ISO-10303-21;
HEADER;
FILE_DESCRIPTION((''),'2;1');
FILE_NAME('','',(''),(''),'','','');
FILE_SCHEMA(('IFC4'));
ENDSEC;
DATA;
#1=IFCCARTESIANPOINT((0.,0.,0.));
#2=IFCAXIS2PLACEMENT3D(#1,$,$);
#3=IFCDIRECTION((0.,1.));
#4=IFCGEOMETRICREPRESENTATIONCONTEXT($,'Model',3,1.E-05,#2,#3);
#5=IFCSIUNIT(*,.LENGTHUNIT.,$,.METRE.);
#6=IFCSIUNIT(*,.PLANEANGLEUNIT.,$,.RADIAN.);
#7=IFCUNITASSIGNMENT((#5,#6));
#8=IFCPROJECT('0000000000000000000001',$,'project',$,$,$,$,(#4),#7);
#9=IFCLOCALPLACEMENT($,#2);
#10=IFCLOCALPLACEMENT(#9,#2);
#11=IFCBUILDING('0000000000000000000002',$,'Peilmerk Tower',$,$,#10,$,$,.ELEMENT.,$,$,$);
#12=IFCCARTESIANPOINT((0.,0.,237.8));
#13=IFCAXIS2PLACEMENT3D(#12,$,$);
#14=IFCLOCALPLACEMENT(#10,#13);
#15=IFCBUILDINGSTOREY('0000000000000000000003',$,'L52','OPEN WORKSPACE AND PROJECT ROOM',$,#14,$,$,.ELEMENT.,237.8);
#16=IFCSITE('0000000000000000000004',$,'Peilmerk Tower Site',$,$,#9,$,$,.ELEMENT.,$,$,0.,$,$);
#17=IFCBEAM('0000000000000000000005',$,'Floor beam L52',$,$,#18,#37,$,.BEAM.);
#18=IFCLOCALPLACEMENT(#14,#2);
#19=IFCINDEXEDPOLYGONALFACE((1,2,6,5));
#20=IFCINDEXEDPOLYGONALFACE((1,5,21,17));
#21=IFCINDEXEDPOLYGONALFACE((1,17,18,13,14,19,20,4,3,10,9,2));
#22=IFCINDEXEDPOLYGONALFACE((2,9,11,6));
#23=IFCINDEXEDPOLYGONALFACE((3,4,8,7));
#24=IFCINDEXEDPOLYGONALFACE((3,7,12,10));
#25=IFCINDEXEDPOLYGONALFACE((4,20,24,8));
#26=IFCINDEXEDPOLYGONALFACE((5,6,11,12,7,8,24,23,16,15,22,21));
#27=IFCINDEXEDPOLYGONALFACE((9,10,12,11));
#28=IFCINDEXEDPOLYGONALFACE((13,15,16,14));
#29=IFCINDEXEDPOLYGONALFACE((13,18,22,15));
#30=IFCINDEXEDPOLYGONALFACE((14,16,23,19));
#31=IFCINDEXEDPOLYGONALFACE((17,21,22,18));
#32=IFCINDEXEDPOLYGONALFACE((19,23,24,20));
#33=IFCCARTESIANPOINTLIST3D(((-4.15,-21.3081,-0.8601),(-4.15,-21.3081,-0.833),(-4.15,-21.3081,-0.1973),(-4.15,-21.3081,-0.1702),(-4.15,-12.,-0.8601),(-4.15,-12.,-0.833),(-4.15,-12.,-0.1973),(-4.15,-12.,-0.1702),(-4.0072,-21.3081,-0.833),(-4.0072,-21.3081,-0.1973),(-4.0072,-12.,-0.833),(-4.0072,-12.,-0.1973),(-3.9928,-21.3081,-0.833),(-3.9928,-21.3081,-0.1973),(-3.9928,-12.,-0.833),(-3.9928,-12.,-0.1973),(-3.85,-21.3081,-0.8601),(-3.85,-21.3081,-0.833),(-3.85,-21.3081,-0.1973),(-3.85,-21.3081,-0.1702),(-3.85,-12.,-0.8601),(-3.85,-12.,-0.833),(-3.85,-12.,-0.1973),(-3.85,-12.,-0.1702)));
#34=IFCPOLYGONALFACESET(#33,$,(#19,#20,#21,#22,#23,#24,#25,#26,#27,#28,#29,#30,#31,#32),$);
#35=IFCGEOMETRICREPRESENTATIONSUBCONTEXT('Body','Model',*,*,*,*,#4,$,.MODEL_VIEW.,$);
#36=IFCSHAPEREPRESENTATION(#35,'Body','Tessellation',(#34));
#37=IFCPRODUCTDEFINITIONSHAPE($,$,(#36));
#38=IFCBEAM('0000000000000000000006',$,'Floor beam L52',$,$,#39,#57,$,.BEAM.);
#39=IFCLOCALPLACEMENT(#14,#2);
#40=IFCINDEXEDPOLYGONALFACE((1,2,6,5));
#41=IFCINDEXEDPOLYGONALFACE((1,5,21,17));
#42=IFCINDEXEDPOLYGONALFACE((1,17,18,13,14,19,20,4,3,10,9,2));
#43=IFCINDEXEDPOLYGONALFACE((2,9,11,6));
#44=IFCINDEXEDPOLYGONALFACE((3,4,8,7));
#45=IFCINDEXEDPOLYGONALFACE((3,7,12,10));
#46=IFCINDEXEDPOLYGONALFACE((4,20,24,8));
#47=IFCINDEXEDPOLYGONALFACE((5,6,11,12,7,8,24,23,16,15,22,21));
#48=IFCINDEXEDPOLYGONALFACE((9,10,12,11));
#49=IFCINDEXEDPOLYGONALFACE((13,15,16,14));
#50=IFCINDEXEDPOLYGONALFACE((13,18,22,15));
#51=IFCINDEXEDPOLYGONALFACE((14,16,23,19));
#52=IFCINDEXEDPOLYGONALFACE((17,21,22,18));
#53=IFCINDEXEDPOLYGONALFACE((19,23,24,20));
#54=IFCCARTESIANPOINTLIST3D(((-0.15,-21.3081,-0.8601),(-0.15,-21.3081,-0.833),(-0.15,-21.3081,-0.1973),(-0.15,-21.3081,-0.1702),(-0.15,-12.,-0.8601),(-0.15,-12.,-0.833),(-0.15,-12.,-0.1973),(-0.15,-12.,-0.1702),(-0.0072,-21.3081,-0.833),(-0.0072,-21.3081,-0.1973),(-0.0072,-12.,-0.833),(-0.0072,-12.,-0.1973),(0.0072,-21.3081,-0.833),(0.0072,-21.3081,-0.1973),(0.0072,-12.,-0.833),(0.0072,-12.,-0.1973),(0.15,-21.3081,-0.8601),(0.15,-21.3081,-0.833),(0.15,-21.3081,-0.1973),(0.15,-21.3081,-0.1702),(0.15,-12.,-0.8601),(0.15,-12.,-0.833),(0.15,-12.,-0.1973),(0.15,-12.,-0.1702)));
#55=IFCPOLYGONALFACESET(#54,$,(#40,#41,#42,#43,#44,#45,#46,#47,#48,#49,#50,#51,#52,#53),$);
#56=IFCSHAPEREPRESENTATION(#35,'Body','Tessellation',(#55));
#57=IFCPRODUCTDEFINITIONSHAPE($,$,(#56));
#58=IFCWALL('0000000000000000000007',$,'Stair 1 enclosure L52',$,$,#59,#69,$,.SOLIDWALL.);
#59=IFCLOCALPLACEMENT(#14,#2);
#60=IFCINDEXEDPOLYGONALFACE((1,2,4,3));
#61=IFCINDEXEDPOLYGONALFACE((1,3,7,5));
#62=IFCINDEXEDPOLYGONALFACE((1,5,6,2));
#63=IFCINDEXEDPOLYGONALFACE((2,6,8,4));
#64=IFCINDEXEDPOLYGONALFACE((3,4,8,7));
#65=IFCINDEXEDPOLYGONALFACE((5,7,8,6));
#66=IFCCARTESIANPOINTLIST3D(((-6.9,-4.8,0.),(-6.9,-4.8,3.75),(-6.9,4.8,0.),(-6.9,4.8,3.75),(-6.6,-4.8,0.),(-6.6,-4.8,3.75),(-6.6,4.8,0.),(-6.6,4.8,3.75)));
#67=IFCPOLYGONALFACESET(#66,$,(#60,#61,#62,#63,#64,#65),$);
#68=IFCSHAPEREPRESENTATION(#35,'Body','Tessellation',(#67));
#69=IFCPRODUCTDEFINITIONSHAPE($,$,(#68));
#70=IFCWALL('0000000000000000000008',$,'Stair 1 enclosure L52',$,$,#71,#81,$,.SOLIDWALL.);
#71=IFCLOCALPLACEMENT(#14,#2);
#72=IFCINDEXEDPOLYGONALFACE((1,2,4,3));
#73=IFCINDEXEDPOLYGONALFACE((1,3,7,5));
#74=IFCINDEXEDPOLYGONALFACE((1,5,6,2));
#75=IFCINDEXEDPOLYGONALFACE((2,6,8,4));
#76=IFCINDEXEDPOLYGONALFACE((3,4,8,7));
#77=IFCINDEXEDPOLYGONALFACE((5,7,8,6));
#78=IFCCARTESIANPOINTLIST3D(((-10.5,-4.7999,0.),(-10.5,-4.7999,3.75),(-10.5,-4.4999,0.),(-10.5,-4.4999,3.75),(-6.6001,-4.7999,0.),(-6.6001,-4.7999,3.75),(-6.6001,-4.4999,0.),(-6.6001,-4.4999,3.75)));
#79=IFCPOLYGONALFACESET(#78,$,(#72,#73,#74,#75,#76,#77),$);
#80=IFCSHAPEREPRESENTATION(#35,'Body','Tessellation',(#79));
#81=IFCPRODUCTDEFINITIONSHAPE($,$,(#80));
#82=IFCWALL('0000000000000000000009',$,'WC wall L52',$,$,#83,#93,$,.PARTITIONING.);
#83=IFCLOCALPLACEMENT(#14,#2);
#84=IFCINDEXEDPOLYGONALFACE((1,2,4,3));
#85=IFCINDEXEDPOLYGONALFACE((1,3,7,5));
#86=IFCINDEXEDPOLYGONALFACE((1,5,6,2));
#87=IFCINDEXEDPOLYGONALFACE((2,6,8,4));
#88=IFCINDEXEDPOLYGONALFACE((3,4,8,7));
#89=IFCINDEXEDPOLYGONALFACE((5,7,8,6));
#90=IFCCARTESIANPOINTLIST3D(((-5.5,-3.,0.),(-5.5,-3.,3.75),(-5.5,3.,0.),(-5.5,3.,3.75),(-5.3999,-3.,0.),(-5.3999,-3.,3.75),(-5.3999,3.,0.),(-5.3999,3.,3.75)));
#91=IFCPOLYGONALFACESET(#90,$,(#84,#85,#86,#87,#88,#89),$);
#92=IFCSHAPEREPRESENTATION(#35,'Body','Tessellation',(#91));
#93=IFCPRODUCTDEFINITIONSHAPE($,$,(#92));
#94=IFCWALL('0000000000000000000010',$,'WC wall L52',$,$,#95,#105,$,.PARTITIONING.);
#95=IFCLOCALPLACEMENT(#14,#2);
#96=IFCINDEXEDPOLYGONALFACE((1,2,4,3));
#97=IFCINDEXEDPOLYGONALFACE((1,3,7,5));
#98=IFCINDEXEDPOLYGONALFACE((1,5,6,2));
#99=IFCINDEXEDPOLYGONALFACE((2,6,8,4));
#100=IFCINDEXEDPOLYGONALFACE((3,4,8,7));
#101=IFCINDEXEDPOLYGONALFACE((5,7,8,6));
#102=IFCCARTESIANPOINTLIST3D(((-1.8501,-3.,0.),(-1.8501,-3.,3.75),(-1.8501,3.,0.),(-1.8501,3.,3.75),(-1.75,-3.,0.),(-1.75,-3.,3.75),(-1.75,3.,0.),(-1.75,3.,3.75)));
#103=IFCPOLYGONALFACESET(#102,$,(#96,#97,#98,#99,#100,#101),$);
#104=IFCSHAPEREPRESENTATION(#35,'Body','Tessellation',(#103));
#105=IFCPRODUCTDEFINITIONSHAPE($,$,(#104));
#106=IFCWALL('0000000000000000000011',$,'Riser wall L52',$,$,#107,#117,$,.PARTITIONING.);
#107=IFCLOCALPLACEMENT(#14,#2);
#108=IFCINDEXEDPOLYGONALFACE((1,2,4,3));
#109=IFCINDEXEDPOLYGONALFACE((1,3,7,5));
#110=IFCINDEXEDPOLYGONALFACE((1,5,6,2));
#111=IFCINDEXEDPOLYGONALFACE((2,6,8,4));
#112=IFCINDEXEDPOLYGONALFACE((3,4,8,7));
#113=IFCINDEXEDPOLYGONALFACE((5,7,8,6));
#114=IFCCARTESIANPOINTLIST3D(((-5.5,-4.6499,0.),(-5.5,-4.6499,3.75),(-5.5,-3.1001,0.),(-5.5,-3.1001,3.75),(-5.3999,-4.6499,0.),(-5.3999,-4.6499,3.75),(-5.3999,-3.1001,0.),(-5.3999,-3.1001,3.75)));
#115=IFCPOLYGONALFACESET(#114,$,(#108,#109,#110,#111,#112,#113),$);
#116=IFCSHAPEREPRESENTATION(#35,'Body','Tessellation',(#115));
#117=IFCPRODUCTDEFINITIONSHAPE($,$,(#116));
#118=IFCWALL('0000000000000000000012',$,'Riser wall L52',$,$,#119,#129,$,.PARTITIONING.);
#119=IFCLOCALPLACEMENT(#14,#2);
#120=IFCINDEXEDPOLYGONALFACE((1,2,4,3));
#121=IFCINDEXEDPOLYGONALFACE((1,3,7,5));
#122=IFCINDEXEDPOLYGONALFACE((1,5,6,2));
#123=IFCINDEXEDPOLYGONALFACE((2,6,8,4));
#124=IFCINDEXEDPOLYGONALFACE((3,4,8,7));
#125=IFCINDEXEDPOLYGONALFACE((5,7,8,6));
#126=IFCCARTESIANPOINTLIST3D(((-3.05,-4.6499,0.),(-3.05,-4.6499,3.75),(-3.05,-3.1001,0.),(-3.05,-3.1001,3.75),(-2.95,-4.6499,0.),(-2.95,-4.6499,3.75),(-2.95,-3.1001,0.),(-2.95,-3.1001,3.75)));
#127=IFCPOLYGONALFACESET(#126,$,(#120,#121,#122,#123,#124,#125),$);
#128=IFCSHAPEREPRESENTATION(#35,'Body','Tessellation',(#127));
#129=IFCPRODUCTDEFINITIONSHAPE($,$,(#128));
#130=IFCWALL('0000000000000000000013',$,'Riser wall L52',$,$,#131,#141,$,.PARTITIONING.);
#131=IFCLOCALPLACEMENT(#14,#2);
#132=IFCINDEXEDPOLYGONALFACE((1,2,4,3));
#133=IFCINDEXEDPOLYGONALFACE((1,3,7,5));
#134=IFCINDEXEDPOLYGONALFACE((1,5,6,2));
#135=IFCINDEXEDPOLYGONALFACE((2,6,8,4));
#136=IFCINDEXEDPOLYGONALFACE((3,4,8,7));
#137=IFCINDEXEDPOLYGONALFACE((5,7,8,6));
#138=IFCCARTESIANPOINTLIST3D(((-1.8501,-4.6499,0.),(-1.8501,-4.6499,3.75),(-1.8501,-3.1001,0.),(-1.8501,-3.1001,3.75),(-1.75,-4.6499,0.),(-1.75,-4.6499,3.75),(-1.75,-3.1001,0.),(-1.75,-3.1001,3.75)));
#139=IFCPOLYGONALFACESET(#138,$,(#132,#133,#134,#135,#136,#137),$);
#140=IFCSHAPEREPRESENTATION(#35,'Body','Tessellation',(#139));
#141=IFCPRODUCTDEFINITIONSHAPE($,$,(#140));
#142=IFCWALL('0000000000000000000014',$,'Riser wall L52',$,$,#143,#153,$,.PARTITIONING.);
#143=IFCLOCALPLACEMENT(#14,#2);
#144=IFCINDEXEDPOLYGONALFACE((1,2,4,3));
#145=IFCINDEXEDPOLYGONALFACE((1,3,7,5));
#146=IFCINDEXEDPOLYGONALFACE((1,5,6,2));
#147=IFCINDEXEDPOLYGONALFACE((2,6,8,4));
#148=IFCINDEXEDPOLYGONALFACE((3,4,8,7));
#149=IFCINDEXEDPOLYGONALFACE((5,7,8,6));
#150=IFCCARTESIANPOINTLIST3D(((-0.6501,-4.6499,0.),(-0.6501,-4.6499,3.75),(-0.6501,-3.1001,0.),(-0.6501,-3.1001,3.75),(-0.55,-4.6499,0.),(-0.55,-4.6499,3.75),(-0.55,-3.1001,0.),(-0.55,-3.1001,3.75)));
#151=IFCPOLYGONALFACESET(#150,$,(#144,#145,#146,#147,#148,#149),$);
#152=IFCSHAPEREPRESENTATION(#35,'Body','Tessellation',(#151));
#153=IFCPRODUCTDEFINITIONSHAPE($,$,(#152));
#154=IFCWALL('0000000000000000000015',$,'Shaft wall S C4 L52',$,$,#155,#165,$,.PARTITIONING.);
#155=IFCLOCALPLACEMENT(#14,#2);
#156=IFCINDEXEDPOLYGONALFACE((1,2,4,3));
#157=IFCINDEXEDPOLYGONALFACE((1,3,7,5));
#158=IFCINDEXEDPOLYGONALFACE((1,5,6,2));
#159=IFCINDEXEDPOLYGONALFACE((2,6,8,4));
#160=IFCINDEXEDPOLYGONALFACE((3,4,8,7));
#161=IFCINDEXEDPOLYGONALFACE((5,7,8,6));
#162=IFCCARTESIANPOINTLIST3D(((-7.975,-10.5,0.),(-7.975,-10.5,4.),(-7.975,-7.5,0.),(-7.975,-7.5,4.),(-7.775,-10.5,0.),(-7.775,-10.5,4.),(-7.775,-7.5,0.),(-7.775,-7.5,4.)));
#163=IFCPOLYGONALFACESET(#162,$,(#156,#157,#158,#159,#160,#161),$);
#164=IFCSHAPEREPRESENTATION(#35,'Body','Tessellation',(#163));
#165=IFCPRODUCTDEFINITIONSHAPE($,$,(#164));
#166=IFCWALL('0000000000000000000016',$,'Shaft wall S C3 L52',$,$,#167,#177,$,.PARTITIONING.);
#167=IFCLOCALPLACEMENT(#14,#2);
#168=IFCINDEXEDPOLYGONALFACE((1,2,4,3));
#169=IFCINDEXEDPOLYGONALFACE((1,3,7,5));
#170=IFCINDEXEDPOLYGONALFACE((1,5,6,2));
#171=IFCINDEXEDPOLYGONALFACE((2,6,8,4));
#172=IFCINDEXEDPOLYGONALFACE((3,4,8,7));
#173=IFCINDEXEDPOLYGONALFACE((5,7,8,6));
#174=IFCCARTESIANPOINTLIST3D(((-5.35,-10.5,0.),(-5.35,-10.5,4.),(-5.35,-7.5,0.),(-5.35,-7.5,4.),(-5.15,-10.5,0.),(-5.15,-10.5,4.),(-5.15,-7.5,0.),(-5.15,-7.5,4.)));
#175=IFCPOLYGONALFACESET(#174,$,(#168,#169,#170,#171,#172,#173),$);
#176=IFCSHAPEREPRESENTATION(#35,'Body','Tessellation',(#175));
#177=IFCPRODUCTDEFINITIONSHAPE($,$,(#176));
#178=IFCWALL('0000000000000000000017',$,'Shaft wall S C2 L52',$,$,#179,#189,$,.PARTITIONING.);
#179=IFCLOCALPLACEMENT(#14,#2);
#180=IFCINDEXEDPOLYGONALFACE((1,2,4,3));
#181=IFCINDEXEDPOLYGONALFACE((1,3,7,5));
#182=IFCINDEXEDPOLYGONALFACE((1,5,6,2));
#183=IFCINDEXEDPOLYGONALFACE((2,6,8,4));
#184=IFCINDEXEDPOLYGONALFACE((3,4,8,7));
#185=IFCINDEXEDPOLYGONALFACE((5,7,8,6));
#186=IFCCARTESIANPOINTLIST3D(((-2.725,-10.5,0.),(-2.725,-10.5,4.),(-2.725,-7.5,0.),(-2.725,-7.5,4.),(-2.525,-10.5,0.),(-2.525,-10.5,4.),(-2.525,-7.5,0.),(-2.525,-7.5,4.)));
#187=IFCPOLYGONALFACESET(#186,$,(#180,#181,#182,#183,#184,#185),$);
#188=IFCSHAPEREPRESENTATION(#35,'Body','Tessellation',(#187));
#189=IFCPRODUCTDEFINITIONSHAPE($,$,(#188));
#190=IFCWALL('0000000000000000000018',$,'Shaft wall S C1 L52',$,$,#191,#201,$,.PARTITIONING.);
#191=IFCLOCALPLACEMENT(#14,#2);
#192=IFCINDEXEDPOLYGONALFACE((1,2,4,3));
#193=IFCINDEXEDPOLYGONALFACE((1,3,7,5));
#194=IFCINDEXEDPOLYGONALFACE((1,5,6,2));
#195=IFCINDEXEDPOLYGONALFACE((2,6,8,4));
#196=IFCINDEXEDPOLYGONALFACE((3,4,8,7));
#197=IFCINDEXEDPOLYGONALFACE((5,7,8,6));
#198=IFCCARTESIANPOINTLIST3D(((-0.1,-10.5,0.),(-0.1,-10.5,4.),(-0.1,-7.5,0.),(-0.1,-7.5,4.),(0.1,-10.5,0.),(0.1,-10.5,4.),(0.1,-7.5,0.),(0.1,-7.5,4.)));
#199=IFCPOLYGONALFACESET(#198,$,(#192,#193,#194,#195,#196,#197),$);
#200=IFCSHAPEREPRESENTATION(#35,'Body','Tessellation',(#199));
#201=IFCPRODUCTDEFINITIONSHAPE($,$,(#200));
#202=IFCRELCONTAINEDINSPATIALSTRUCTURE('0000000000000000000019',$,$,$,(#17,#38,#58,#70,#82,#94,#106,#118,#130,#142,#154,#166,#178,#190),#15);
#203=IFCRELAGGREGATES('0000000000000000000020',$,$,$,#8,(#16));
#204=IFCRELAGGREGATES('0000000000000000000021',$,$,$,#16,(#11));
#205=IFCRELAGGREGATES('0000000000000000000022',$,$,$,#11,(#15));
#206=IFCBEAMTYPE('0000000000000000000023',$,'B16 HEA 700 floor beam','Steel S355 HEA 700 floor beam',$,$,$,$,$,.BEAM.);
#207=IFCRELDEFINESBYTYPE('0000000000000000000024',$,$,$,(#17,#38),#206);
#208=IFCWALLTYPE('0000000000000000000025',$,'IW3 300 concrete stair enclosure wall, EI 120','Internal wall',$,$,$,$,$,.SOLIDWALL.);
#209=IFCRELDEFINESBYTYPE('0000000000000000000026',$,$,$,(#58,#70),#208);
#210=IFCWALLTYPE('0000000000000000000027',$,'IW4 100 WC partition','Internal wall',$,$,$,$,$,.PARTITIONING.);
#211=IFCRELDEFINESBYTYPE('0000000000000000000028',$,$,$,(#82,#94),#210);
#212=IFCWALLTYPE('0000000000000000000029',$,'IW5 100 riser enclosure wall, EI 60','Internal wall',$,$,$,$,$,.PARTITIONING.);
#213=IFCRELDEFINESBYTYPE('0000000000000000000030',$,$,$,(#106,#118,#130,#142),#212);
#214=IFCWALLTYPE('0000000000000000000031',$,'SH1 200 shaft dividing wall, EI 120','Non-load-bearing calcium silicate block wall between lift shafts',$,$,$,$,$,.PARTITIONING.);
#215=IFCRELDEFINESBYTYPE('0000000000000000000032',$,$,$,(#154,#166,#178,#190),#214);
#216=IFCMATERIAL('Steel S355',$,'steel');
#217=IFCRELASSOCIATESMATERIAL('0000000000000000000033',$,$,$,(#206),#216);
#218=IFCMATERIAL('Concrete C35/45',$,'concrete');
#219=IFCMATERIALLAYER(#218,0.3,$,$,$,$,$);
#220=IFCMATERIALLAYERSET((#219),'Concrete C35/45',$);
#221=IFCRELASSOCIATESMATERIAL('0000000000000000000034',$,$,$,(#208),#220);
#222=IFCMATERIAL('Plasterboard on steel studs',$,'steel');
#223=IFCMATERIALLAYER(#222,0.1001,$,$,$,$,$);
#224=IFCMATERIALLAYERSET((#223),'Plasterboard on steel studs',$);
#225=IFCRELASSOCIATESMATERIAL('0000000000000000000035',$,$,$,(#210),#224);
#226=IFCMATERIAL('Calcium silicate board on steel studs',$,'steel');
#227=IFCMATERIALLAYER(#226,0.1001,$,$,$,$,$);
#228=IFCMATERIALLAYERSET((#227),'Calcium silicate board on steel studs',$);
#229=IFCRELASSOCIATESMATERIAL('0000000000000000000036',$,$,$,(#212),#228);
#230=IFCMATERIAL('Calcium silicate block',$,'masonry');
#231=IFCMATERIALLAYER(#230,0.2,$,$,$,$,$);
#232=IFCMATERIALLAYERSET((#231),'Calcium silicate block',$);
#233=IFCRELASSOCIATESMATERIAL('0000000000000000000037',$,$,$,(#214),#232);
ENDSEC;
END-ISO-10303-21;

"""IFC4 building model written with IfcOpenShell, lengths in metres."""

from ifc_helpers import new_model, si_unit, direction, frame, frame_2d, origin, origin_2d, place, context, subcontext, project, spatial, rectangle, i_section, extrude, material, layer, layer_set, material_profile, profile_set, type_object, element, save


model = new_model("IFC4")

# Units and contexts
model_context = context("Model", 3, precision=1e-05, world=origin(), true_north=direction((0.0, 1.0)))
body_context = subcontext(model_context, "Body", "Model", "MODEL_VIEW")
ifc_project = project(units=[si_unit("LENGTHUNIT", "METRE"), si_unit("PLANEANGLEUNIT", "RADIAN")], contexts=[model_context])

# Site, building, storey
site_placement = place(None, origin())
site = spatial("IfcSite", under=ifc_project, at=site_placement, Name="Peilmerk Tower Site", CompositionType="ELEMENT", RefElevation=0.0)
building_placement = place(site_placement, origin())
building = spatial("IfcBuilding", under=site, at=building_placement, Name="Peilmerk Tower", CompositionType="ELEMENT")
storey_placement = place(building_placement, frame((0.0, 0.0, 237.8)))
storey = spatial("IfcBuildingStorey", under=building, at=storey_placement, Name="L52", Description="OPEN WORKSPACE AND PROJECT ROOM", CompositionType="ELEMENT", Elevation=237.8)

# Beams
ifc_material_1 = material(Name="Steel S355", Category="steel")
ifc_material_profile = material_profile(ifc_material_1, i_section(OverallWidth=0.3, OverallDepth=0.6899, WebThickness=0.0144, FlangeThickness=0.0271, at=origin_2d()), Name="HEA 700")
ifc_profile_set = profile_set([ifc_material_profile], Name="Steel S355")
beam_type = type_object("IfcBeamType", Name="B16 HEA 700 floor beam", Description="Steel S355 HEA 700 floor beam", PredefinedType="BEAM", material=ifc_profile_set)
for number, where, z_axis, x_axis, name in (
    (1, (-4.0, -12.0, -0.5151), (0.0, -1.0, 0.0), (1.0, 0.0, 0.0), "Floor beam L52"),
    (2, (0.0, -12.0, -0.5151), (0.0, -1.0, 0.0), (1.0, 0.0, 0.0), "Floor beam L52"),
):
    element("IfcBeam", number, at=place(storey_placement, frame(where, z_axis=z_axis, x_axis=x_axis)), inside=storey, type_object=beam_type, Name=name, PredefinedType="BEAM", context=body_context, shape_type="SweptSolid", body=[
        extrude(i_section(OverallWidth=0.3, OverallDepth=0.6899, WebThickness=0.0144, FlangeThickness=0.0271, at=origin_2d()), origin(), (0.0, 0.0, 1.0), 9.3081),
    ])

# Walls
ifc_material_2 = material(Name="Concrete C35/45", Category="concrete")
ifc_layer_1 = layer(ifc_material_2, 0.3)
ifc_layer_set_1 = layer_set([ifc_layer_1], Name="Concrete C35/45")
wall_type_1 = type_object("IfcWallType", Name="IW3 300 concrete stair enclosure wall, EI 120", Description="Internal wall", PredefinedType="SOLIDWALL", material=ifc_layer_set_1)
wall_1_placement = place(storey_placement, frame((-6.75, -4.8, 0.0), z_axis=(0.0, 0.0, 1.0), x_axis=(0.0, 1.0, 0.0)))
element("IfcWall", 3, at=wall_1_placement, inside=storey, type_object=wall_type_1, Name="Stair 1 enclosure L52", PredefinedType="SOLIDWALL", context=body_context, shape_type="SweptSolid", body=[
    extrude(rectangle(XDim=9.6001, YDim=0.3, at=frame_2d((4.8, 0.0))), origin(), (0.0, 0.0, 1.0), 3.75),
])
wall_2_placement = place(storey_placement, frame((-6.6001, -4.6499, 0.0), z_axis=(0.0, 0.0, 1.0), x_axis=(-1.0, 0.0, 0.0)))
element("IfcWall", 4, at=wall_2_placement, inside=storey, type_object=wall_type_1, Name="Stair 1 enclosure L52", PredefinedType="SOLIDWALL", context=body_context, shape_type="SweptSolid", body=[
    extrude(rectangle(XDim=3.8999, YDim=0.3, at=frame_2d((1.95, 0.0))), origin(), (0.0, 0.0, 1.0), 3.75),
])
ifc_material_3 = material(Name="Plasterboard on steel studs", Category="steel")
ifc_layer_2 = layer(ifc_material_3, 0.1001)
ifc_layer_set_2 = layer_set([ifc_layer_2], Name="Plasterboard on steel studs")
wall_type_2 = type_object("IfcWallType", Name="IW4 100 WC partition", Description="Internal wall", PredefinedType="PARTITIONING", material=ifc_layer_set_2)
for number, where, z_axis, x_axis, name in (
    (5, (-5.45, -3.0, 0.0), (0.0, 0.0, 1.0), (0.0, 1.0, 0.0), "WC wall L52"),
    (6, (-1.8, -3.0, 0.0), (0.0, 0.0, 1.0), (0.0, 1.0, 0.0), "WC wall L52"),
):
    element("IfcWall", number, at=place(storey_placement, frame(where, z_axis=z_axis, x_axis=x_axis)), inside=storey, type_object=wall_type_2, Name=name, PredefinedType="PARTITIONING", context=body_context, shape_type="SweptSolid", body=[
        extrude(rectangle(XDim=6.0, YDim=0.1001, at=frame_2d((3.0, 0.0))), origin(), (0.0, 0.0, 1.0), 3.75),
    ])
ifc_material_4 = material(Name="Calcium silicate board on steel studs", Category="steel")
ifc_layer_3 = layer(ifc_material_4, 0.1001)
ifc_layer_set_3 = layer_set([ifc_layer_3], Name="Calcium silicate board on steel studs")
wall_type_3 = type_object("IfcWallType", Name="IW5 100 riser enclosure wall, EI 60", Description="Internal wall", PredefinedType="PARTITIONING", material=ifc_layer_set_3)
for number, where, z_axis, x_axis, name in (
    (7, (-5.45, -3.1001, 0.0), (0.0, 0.0, 1.0), (0.0, -1.0, 0.0), "Riser wall L52"),
    (8, (-3.0, -3.1001, 0.0), (0.0, 0.0, 1.0), (0.0, -1.0, 0.0), "Riser wall L52"),
    (9, (-1.8, -3.1001, 0.0), (0.0, 0.0, 1.0), (0.0, -1.0, 0.0), "Riser wall L52"),
    (10, (-0.6001, -3.1001, 0.0), (0.0, 0.0, 1.0), (0.0, -1.0, 0.0), "Riser wall L52"),
):
    element("IfcWall", number, at=place(storey_placement, frame(where, z_axis=z_axis, x_axis=x_axis)), inside=storey, type_object=wall_type_3, Name=name, PredefinedType="PARTITIONING", context=body_context, shape_type="SweptSolid", body=[
        extrude(rectangle(XDim=1.5498, YDim=0.1001, at=frame_2d((0.7749, 0.0))), origin(), (0.0, 0.0, 1.0), 3.75),
    ])
ifc_material_5 = material(Name="Calcium silicate block", Category="masonry")
ifc_layer_4 = layer(ifc_material_5, 0.2)
ifc_layer_set_4 = layer_set([ifc_layer_4], Name="Calcium silicate block")
wall_type_4 = type_object("IfcWallType", Name="SH1 200 shaft dividing wall, EI 120", Description="Non-load-bearing calcium silicate block wall between lift shafts", PredefinedType="PARTITIONING", material=ifc_layer_set_4)
for number, where, z_axis, x_axis, name in (
    (11, (-7.875, -10.5, 0.0), (0.0, 0.0, 1.0), (0.0, 1.0, 0.0), "Shaft wall S C4 L52"),
    (12, (-5.25, -10.5, 0.0), (0.0, 0.0, 1.0), (0.0, 1.0, 0.0), "Shaft wall S C3 L52"),
    (13, (-2.625, -10.5, 0.0), (0.0, 0.0, 1.0), (0.0, 1.0, 0.0), "Shaft wall S C2 L52"),
    (14, (0.0, -10.5, 0.0), (0.0, 0.0, 1.0), (0.0, 1.0, 0.0), "Shaft wall S C1 L52"),
):
    element("IfcWall", number, at=place(storey_placement, frame(where, z_axis=z_axis, x_axis=x_axis)), inside=storey, type_object=wall_type_4, Name=name, PredefinedType="PARTITIONING", context=body_context, shape_type="SweptSolid", body=[
        extrude(rectangle(XDim=3.0, YDim=0.2, at=frame_2d((1.5, 0.0))), origin(), (0.0, 0.0, 1.0), 4.0),
    ])

save(model, "model.ifc")
